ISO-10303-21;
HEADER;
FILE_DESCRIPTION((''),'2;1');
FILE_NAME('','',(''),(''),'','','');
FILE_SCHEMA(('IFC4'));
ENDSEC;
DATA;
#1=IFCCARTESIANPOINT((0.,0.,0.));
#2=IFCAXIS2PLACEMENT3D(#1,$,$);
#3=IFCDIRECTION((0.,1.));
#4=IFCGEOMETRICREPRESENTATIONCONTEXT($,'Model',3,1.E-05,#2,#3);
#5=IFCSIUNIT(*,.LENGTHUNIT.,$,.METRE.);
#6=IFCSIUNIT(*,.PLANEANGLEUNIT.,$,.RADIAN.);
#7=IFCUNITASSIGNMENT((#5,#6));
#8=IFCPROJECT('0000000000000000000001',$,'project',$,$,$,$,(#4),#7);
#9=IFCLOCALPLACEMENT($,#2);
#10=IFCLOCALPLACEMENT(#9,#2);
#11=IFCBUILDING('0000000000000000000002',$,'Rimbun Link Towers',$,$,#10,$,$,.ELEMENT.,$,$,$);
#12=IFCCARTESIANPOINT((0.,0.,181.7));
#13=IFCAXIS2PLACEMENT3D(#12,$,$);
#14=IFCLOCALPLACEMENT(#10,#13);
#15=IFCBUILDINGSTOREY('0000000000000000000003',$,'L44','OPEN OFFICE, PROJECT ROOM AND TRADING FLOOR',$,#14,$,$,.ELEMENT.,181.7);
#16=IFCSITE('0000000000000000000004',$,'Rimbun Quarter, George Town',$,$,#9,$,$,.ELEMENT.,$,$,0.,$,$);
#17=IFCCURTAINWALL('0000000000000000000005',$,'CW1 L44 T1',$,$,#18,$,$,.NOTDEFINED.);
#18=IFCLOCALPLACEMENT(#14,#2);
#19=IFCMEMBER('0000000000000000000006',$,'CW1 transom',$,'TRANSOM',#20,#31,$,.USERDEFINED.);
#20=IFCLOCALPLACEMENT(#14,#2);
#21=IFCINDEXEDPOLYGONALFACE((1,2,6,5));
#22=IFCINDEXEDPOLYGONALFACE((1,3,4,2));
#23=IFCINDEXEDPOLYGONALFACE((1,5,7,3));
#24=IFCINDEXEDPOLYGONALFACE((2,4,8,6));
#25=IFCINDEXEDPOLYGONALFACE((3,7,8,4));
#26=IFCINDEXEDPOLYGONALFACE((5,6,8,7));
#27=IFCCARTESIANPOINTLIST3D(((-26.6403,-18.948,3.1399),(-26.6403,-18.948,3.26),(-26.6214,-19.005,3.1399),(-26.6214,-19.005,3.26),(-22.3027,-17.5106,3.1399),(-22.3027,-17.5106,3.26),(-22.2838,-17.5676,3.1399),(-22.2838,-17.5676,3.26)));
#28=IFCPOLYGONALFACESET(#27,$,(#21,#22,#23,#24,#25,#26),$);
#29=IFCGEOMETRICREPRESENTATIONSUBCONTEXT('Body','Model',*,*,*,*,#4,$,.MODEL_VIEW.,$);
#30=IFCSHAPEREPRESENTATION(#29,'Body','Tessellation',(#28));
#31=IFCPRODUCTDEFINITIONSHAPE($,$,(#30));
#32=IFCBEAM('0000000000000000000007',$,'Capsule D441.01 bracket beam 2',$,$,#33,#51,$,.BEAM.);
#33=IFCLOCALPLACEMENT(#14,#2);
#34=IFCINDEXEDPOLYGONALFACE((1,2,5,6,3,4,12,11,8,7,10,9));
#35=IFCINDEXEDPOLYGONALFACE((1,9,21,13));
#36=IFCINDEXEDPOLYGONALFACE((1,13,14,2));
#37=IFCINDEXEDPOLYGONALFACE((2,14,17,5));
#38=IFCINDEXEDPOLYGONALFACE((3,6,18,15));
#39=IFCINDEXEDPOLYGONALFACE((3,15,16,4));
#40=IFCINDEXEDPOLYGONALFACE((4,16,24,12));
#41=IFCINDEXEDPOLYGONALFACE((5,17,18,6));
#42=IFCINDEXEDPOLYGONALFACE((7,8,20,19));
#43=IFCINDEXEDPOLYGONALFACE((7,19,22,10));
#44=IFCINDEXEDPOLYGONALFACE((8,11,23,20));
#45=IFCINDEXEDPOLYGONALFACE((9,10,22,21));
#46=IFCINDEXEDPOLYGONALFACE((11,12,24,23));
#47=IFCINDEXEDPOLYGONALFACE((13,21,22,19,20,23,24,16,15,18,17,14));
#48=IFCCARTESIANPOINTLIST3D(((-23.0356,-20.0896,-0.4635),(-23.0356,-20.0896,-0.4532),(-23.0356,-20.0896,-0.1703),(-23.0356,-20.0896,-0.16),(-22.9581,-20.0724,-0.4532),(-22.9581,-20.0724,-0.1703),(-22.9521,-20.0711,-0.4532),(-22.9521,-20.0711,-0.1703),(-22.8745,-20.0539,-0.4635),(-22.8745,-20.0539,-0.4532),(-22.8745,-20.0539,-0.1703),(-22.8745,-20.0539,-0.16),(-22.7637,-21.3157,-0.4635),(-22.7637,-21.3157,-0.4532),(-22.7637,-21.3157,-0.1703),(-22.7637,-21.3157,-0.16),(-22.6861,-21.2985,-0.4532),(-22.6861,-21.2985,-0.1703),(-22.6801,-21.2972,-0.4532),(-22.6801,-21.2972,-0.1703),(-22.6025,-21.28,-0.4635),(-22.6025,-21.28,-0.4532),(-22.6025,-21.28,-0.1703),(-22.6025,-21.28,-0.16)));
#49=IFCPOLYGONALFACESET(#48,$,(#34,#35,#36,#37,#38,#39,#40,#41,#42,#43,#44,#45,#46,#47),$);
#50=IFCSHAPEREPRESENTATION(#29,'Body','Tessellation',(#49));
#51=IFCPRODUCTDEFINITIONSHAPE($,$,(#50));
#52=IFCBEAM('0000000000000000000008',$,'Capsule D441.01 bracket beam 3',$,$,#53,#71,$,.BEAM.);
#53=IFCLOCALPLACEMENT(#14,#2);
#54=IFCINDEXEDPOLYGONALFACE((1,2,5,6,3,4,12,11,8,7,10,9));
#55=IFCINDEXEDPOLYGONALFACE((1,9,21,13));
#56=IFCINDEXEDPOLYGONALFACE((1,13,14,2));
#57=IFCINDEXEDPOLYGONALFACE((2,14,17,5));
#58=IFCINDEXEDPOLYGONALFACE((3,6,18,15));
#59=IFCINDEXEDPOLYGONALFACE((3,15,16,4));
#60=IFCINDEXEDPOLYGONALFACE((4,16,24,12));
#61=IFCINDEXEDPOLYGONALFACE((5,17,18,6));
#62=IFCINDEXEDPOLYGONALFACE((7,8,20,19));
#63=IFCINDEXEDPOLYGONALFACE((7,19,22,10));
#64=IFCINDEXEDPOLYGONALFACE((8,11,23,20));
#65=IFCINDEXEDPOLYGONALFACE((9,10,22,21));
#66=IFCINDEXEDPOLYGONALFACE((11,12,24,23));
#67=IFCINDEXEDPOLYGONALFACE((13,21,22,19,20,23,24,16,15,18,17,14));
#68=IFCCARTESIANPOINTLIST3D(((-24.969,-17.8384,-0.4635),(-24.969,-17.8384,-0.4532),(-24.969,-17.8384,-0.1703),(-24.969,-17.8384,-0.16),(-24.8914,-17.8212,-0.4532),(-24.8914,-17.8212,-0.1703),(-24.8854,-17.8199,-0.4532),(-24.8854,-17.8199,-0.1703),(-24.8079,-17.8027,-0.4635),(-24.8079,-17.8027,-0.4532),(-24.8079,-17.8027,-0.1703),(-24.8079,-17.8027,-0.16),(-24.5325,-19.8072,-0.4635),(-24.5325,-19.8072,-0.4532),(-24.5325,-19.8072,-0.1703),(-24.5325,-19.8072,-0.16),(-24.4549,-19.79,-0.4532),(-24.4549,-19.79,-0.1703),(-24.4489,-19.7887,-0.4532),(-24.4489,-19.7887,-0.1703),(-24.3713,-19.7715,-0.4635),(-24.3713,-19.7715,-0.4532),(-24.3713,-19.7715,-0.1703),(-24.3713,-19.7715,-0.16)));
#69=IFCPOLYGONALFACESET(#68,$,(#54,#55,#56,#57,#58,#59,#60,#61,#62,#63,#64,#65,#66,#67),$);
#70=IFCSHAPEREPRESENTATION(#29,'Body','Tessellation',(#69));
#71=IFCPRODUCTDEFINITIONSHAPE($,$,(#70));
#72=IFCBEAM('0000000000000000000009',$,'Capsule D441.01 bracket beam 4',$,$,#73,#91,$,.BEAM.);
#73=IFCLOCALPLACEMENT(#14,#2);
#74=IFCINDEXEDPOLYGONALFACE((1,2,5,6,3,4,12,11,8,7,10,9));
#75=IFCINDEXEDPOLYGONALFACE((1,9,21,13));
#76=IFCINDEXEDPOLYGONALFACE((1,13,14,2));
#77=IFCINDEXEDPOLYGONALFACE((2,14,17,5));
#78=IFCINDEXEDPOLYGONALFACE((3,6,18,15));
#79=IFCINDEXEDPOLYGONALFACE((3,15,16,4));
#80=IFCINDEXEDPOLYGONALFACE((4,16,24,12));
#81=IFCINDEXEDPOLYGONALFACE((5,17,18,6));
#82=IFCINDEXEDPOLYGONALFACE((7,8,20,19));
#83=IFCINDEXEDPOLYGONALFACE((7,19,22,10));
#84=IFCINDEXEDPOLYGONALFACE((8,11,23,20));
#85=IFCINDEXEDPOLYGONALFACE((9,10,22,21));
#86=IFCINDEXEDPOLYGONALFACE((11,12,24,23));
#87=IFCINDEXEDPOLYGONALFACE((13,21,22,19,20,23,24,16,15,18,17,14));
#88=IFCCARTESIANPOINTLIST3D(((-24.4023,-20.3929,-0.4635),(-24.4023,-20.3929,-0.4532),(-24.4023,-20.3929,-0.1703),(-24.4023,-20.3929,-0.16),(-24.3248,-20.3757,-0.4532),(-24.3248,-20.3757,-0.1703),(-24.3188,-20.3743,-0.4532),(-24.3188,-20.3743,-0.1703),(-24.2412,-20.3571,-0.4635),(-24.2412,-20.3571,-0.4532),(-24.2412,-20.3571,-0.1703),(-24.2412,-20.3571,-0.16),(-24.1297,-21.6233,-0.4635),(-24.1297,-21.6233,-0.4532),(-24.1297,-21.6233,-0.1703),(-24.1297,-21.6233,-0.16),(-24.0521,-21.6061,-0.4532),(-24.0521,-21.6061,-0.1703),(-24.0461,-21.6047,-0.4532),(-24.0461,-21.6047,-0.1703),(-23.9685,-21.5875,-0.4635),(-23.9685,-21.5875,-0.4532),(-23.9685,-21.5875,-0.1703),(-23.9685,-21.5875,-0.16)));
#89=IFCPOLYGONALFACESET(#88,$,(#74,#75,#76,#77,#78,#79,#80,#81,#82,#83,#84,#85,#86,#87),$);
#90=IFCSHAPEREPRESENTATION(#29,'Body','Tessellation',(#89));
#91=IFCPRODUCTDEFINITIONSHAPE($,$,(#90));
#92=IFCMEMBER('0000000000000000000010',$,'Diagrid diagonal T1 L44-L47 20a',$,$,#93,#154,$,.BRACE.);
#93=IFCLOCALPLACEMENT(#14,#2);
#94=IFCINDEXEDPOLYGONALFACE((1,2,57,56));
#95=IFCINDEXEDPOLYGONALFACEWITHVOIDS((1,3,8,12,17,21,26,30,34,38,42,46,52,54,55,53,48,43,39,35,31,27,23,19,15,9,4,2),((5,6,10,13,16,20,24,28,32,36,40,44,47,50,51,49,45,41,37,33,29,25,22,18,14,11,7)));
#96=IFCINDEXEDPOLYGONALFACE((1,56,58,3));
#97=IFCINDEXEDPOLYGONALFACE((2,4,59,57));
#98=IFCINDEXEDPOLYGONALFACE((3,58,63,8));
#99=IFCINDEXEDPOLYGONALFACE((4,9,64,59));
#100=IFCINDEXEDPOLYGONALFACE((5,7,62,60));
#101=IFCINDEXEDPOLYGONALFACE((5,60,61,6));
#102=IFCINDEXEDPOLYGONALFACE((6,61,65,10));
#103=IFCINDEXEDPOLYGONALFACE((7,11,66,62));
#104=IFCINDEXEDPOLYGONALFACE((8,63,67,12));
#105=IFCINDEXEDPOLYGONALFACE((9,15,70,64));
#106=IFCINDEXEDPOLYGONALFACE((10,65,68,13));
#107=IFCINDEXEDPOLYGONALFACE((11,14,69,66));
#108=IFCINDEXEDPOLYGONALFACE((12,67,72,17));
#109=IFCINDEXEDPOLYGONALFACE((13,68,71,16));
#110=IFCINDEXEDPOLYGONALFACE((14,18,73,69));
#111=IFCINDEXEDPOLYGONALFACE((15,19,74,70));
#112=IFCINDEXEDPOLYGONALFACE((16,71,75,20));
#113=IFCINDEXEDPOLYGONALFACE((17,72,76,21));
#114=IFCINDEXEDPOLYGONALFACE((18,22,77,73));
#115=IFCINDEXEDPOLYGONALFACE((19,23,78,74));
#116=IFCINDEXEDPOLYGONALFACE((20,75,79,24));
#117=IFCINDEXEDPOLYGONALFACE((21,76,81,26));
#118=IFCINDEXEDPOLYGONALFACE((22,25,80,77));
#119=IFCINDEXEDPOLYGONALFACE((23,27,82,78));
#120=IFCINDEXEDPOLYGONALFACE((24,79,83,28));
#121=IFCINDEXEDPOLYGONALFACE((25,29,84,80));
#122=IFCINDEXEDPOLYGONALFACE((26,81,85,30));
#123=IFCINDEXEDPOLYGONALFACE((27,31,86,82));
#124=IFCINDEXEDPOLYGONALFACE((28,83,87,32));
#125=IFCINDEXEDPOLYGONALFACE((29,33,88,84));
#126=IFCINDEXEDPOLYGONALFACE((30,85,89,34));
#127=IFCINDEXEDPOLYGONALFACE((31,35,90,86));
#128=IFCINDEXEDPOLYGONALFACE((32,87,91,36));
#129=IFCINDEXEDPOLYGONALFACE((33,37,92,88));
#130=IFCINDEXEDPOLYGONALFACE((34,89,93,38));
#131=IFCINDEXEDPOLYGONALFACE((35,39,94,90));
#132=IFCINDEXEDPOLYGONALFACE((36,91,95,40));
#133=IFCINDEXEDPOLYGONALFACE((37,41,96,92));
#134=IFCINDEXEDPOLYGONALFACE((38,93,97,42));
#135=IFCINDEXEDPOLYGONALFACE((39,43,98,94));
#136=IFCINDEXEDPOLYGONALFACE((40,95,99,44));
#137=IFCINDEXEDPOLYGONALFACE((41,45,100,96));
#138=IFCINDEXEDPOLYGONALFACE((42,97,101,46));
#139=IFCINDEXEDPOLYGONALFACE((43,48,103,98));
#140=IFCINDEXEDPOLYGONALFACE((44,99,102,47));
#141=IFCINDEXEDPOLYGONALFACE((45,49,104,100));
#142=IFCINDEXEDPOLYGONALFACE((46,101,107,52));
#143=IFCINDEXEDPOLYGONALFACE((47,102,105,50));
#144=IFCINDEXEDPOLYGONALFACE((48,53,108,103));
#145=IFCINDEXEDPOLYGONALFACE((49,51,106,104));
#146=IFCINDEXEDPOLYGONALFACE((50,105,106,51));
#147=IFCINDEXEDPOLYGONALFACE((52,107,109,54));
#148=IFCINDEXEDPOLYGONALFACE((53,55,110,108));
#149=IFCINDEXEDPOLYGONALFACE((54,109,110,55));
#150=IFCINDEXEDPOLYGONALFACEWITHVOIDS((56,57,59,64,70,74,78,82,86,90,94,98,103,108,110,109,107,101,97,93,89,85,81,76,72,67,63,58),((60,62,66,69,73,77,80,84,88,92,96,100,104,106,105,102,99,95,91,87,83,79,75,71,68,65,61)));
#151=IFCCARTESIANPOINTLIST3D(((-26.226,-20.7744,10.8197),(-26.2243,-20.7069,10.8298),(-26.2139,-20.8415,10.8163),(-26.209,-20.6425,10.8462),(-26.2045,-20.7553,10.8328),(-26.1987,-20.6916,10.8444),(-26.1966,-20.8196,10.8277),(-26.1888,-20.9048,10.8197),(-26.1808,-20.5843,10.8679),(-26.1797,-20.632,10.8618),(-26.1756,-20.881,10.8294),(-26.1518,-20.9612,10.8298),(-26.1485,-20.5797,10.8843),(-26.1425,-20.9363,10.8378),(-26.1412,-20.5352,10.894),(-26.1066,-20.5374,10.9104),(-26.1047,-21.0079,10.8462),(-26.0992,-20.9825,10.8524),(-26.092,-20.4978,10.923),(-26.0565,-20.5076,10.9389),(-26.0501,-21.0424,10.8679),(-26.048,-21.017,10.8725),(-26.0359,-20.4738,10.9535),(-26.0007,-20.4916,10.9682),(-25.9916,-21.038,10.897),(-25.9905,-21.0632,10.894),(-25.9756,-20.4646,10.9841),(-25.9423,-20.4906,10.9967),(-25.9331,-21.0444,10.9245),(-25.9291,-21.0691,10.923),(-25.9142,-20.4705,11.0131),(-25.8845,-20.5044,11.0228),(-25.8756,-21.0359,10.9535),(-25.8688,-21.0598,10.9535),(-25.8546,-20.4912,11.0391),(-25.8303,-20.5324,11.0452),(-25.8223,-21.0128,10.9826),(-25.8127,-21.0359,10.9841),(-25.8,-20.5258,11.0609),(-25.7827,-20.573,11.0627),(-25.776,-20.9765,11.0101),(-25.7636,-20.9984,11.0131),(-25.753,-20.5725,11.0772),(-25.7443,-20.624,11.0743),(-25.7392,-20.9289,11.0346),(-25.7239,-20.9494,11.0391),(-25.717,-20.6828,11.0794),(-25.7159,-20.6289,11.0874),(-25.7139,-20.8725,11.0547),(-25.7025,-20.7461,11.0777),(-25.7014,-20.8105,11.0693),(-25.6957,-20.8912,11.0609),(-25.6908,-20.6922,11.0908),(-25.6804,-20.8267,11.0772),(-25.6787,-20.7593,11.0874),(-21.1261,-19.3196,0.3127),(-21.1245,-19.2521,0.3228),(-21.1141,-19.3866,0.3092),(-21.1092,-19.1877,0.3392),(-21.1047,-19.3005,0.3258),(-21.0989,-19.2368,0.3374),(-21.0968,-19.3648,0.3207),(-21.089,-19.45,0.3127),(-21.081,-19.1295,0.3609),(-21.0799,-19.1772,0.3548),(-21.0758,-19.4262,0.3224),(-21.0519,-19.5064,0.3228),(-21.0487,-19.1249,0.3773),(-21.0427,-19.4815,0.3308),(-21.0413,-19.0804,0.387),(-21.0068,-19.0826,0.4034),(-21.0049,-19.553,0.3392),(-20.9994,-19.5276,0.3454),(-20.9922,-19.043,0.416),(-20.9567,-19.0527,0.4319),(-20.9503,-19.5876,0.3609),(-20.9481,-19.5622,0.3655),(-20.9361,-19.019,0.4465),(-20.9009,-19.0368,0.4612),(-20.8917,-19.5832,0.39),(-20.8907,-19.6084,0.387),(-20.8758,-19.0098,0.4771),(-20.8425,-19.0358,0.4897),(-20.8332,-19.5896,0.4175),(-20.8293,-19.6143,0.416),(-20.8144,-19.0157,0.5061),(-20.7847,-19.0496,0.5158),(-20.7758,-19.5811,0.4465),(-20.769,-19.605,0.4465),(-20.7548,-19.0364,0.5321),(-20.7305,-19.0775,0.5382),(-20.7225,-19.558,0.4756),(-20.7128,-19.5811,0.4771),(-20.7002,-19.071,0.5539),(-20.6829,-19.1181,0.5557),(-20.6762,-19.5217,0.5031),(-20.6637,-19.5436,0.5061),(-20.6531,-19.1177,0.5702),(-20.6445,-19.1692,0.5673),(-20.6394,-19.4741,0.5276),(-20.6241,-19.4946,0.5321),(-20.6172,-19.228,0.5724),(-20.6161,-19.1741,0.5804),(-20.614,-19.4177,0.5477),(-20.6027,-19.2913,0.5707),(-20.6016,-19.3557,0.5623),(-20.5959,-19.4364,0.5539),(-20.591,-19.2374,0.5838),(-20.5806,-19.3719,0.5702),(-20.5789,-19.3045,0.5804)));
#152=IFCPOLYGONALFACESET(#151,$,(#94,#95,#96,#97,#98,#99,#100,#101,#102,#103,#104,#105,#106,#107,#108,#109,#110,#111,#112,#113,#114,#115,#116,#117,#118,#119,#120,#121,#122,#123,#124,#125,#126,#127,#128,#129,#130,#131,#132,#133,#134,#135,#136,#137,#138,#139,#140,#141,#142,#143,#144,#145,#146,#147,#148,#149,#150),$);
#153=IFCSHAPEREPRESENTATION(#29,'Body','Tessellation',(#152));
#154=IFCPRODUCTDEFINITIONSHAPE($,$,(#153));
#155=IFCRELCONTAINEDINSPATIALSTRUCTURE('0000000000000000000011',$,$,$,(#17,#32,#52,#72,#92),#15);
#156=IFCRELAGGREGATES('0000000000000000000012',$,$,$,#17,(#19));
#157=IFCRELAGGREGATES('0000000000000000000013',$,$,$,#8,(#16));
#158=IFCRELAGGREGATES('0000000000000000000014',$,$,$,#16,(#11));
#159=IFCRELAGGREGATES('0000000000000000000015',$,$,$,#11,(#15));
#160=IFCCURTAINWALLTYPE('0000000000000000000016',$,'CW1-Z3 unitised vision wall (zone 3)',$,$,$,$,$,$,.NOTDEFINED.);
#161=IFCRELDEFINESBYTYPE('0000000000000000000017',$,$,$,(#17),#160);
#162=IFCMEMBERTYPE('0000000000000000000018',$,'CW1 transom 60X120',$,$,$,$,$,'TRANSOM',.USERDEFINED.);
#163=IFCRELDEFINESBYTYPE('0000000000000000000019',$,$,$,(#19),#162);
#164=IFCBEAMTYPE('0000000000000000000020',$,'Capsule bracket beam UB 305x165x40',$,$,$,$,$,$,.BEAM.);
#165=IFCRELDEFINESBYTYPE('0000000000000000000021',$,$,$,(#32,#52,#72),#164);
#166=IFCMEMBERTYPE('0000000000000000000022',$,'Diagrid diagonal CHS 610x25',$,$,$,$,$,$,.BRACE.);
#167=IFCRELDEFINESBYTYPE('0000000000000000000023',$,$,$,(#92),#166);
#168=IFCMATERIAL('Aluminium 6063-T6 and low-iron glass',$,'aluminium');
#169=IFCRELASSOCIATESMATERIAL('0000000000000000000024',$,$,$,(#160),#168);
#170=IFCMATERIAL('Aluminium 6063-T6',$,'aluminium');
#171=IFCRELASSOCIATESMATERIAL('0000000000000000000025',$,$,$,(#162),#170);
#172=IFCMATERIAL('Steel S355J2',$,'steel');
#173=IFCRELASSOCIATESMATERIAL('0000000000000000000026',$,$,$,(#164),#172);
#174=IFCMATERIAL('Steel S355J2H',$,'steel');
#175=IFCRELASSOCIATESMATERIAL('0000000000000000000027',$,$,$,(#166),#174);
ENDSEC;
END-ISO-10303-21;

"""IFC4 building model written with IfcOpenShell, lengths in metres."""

from ifc_helpers import new_model, si_unit, direction, frame, origin, origin_2d, place, context, subcontext, project, spatial, rectangle, hollow_circle, i_section, extrude, material, material_profile, profile_set, type_object, element, aggregate, save


model = new_model("IFC4")

# Units and contexts
model_context = context("Model", 3, precision=1e-05, world=origin(), true_north=direction((0.0, 1.0)))
body_context = subcontext(model_context, "Body", "Model", "MODEL_VIEW")
ifc_project = project(units=[si_unit("LENGTHUNIT", "METRE"), si_unit("PLANEANGLEUNIT", "RADIAN")], contexts=[model_context])

# Site, building, storey
site_placement = place(None, origin())
site = spatial("IfcSite", under=ifc_project, at=site_placement, Name="Rimbun Quarter, George Town", CompositionType="ELEMENT", RefElevation=0.0)
building_placement = place(site_placement, origin())
building = spatial("IfcBuilding", under=site, at=building_placement, Name="Rimbun Link Towers", CompositionType="ELEMENT")
storey_placement = place(building_placement, frame((0.0, 0.0, 181.7)))
storey = spatial("IfcBuildingStorey", under=building, at=storey_placement, Name="L44", Description="OPEN OFFICE, PROJECT ROOM AND TRADING FLOOR", CompositionType="ELEMENT", Elevation=181.7)

# Curtain wall, member
ifc_material_1 = material(Name="Aluminium 6063-T6 and low-iron glass", Category="aluminium")
curtain_wall_type = type_object("IfcCurtainWallType", Name="CW1-Z3 unitised vision wall (zone 3)", PredefinedType="NOTDEFINED", material=ifc_material_1)
curtain_wall_placement = place(storey_placement, origin())
curtain_wall = element("IfcCurtainWall", 1, at=curtain_wall_placement, inside=storey, type_object=curtain_wall_type, Name="CW1 L44 T1", PredefinedType="NOTDEFINED")
ifc_material_2 = material(Name="Aluminium 6063-T6", Category="aluminium")
ifc_material_profile_1 = material_profile(ifc_material_2, rectangle(XDim=0.0601, YDim=0.1201, at=origin_2d()), Name="TRANSOM 60X120")
ifc_profile_set_1 = profile_set([ifc_material_profile_1], Name="Aluminium 6063-T6")
member_type_1 = type_object("IfcMemberType", Name="CW1 transom 60X120", ElementType="TRANSOM", PredefinedType="USERDEFINED", material=ifc_profile_set_1)
member_1_placement = place(storey_placement, frame((-22.2932, -17.5391, 3.2), z_axis=(-0.949232, -0.314576, 0.0), x_axis=(0.314576, -0.949232, 0.0)))
member_1 = element("IfcMember", 2, at=member_1_placement, type_object=member_type_1, Name="CW1 transom", ObjectType="TRANSOM", PredefinedType="USERDEFINED", context=body_context, shape_type="SweptSolid", body=[
    extrude(rectangle(XDim=0.0601, YDim=0.1201, at=origin_2d()), origin(), (0.0, 0.0, 1.0), 4.5696),
])

# Beams
ifc_material_3 = material(Name="Steel S355J2", Category="steel")
ifc_material_profile_2 = material_profile(ifc_material_3, i_section(OverallWidth=0.165, OverallDepth=0.3035, WebThickness=0.0061, FlangeThickness=0.0103, at=origin_2d()), Name="UB 305x165x40")
ifc_profile_set_2 = profile_set([ifc_material_profile_2], Name="Steel S355J2")
beam_type_1 = type_object("IfcBeamType", Name="Capsule bracket beam UB 305x165x40", PredefinedType="BEAM", material=ifc_profile_set_2)
beam_1_placement = place(storey_placement, frame((-22.9551, -20.0718, -0.3118), z_axis=(0.21656, -0.976269, 0.0), x_axis=(0.976269, 0.21656, 0.0)))
element("IfcBeam", 3, at=beam_1_placement, inside=storey, type_object=beam_type_1, Name="Capsule D441.01 bracket beam 2", PredefinedType="BEAM", context=body_context, shape_type="SweptSolid", body=[
    extrude(i_section(OverallWidth=0.165, OverallDepth=0.3035, WebThickness=0.0061, FlangeThickness=0.0103, at=origin_2d()), origin(), (0.0, 0.0, 1.0), 1.2559),
])
beam_2_placement = place(storey_placement, frame((-24.8884, -17.8206, -0.3118), z_axis=(0.216469, -0.97629, 0.0), x_axis=(0.97629, 0.216469, 0.0)))
element("IfcBeam", 4, at=beam_2_placement, inside=storey, type_object=beam_type_1, Name="Capsule D441.01 bracket beam 3", PredefinedType="BEAM", context=body_context, shape_type="SweptSolid", body=[
    extrude(i_section(OverallWidth=0.165, OverallDepth=0.3035, WebThickness=0.0061, FlangeThickness=0.0103, at=origin_2d()), origin(), (0.0, 0.0, 1.0), 2.0166),
])
beam_3_placement = place(storey_placement, frame((-24.3218, -20.375, -0.3118), z_axis=(0.216377, -0.97631, 0.0), x_axis=(0.97631, 0.216377, 0.0)))
element("IfcBeam", 5, at=beam_3_placement, inside=storey, type_object=beam_type_1, Name="Capsule D441.01 bracket beam 4", PredefinedType="BEAM", context=body_context, shape_type="SweptSolid", body=[
    extrude(i_section(OverallWidth=0.165, OverallDepth=0.3035, WebThickness=0.0061, FlangeThickness=0.0103, at=origin_2d()), origin(), (0.0, 0.0, 1.0), 1.2603),
])

# Member
ifc_material_4 = material(Name="Steel S355J2H", Category="steel")
ifc_material_profile_3 = material_profile(ifc_material_4, hollow_circle(Radius=0.3047, WallThickness=0.0249, at=origin_2d()), Name="Diagrid diagonal CHS 610x25")
ifc_profile_set_3 = profile_set([ifc_material_profile_3], Name="Steel S355J2H")
member_type_2 = type_object("IfcMemberType", Name="Diagrid diagonal CHS 610x25", PredefinedType="BRACE", material=ifc_profile_set_3)
member_2_placement = place(storey_placement, frame((-20.8525, -19.312, 0.4465), z_axis=(-0.433307, -0.123609, 0.892729), x_axis=(0.274326, -0.961637, 0.0)))
element("IfcMember", 6, at=member_2_placement, inside=storey, type_object=member_type_2, Name="Diagrid diagonal T1 L44-L47 20a", PredefinedType="BRACE", context=body_context, shape_type="SweptSolid", body=[
    extrude(hollow_circle(Radius=0.3047, WallThickness=0.0249, at=origin_2d()), origin(), (0.0, 0.0, 1.0), 11.7695),
])

aggregate(curtain_wall, [member_1])

save(model, "model.ifc")
